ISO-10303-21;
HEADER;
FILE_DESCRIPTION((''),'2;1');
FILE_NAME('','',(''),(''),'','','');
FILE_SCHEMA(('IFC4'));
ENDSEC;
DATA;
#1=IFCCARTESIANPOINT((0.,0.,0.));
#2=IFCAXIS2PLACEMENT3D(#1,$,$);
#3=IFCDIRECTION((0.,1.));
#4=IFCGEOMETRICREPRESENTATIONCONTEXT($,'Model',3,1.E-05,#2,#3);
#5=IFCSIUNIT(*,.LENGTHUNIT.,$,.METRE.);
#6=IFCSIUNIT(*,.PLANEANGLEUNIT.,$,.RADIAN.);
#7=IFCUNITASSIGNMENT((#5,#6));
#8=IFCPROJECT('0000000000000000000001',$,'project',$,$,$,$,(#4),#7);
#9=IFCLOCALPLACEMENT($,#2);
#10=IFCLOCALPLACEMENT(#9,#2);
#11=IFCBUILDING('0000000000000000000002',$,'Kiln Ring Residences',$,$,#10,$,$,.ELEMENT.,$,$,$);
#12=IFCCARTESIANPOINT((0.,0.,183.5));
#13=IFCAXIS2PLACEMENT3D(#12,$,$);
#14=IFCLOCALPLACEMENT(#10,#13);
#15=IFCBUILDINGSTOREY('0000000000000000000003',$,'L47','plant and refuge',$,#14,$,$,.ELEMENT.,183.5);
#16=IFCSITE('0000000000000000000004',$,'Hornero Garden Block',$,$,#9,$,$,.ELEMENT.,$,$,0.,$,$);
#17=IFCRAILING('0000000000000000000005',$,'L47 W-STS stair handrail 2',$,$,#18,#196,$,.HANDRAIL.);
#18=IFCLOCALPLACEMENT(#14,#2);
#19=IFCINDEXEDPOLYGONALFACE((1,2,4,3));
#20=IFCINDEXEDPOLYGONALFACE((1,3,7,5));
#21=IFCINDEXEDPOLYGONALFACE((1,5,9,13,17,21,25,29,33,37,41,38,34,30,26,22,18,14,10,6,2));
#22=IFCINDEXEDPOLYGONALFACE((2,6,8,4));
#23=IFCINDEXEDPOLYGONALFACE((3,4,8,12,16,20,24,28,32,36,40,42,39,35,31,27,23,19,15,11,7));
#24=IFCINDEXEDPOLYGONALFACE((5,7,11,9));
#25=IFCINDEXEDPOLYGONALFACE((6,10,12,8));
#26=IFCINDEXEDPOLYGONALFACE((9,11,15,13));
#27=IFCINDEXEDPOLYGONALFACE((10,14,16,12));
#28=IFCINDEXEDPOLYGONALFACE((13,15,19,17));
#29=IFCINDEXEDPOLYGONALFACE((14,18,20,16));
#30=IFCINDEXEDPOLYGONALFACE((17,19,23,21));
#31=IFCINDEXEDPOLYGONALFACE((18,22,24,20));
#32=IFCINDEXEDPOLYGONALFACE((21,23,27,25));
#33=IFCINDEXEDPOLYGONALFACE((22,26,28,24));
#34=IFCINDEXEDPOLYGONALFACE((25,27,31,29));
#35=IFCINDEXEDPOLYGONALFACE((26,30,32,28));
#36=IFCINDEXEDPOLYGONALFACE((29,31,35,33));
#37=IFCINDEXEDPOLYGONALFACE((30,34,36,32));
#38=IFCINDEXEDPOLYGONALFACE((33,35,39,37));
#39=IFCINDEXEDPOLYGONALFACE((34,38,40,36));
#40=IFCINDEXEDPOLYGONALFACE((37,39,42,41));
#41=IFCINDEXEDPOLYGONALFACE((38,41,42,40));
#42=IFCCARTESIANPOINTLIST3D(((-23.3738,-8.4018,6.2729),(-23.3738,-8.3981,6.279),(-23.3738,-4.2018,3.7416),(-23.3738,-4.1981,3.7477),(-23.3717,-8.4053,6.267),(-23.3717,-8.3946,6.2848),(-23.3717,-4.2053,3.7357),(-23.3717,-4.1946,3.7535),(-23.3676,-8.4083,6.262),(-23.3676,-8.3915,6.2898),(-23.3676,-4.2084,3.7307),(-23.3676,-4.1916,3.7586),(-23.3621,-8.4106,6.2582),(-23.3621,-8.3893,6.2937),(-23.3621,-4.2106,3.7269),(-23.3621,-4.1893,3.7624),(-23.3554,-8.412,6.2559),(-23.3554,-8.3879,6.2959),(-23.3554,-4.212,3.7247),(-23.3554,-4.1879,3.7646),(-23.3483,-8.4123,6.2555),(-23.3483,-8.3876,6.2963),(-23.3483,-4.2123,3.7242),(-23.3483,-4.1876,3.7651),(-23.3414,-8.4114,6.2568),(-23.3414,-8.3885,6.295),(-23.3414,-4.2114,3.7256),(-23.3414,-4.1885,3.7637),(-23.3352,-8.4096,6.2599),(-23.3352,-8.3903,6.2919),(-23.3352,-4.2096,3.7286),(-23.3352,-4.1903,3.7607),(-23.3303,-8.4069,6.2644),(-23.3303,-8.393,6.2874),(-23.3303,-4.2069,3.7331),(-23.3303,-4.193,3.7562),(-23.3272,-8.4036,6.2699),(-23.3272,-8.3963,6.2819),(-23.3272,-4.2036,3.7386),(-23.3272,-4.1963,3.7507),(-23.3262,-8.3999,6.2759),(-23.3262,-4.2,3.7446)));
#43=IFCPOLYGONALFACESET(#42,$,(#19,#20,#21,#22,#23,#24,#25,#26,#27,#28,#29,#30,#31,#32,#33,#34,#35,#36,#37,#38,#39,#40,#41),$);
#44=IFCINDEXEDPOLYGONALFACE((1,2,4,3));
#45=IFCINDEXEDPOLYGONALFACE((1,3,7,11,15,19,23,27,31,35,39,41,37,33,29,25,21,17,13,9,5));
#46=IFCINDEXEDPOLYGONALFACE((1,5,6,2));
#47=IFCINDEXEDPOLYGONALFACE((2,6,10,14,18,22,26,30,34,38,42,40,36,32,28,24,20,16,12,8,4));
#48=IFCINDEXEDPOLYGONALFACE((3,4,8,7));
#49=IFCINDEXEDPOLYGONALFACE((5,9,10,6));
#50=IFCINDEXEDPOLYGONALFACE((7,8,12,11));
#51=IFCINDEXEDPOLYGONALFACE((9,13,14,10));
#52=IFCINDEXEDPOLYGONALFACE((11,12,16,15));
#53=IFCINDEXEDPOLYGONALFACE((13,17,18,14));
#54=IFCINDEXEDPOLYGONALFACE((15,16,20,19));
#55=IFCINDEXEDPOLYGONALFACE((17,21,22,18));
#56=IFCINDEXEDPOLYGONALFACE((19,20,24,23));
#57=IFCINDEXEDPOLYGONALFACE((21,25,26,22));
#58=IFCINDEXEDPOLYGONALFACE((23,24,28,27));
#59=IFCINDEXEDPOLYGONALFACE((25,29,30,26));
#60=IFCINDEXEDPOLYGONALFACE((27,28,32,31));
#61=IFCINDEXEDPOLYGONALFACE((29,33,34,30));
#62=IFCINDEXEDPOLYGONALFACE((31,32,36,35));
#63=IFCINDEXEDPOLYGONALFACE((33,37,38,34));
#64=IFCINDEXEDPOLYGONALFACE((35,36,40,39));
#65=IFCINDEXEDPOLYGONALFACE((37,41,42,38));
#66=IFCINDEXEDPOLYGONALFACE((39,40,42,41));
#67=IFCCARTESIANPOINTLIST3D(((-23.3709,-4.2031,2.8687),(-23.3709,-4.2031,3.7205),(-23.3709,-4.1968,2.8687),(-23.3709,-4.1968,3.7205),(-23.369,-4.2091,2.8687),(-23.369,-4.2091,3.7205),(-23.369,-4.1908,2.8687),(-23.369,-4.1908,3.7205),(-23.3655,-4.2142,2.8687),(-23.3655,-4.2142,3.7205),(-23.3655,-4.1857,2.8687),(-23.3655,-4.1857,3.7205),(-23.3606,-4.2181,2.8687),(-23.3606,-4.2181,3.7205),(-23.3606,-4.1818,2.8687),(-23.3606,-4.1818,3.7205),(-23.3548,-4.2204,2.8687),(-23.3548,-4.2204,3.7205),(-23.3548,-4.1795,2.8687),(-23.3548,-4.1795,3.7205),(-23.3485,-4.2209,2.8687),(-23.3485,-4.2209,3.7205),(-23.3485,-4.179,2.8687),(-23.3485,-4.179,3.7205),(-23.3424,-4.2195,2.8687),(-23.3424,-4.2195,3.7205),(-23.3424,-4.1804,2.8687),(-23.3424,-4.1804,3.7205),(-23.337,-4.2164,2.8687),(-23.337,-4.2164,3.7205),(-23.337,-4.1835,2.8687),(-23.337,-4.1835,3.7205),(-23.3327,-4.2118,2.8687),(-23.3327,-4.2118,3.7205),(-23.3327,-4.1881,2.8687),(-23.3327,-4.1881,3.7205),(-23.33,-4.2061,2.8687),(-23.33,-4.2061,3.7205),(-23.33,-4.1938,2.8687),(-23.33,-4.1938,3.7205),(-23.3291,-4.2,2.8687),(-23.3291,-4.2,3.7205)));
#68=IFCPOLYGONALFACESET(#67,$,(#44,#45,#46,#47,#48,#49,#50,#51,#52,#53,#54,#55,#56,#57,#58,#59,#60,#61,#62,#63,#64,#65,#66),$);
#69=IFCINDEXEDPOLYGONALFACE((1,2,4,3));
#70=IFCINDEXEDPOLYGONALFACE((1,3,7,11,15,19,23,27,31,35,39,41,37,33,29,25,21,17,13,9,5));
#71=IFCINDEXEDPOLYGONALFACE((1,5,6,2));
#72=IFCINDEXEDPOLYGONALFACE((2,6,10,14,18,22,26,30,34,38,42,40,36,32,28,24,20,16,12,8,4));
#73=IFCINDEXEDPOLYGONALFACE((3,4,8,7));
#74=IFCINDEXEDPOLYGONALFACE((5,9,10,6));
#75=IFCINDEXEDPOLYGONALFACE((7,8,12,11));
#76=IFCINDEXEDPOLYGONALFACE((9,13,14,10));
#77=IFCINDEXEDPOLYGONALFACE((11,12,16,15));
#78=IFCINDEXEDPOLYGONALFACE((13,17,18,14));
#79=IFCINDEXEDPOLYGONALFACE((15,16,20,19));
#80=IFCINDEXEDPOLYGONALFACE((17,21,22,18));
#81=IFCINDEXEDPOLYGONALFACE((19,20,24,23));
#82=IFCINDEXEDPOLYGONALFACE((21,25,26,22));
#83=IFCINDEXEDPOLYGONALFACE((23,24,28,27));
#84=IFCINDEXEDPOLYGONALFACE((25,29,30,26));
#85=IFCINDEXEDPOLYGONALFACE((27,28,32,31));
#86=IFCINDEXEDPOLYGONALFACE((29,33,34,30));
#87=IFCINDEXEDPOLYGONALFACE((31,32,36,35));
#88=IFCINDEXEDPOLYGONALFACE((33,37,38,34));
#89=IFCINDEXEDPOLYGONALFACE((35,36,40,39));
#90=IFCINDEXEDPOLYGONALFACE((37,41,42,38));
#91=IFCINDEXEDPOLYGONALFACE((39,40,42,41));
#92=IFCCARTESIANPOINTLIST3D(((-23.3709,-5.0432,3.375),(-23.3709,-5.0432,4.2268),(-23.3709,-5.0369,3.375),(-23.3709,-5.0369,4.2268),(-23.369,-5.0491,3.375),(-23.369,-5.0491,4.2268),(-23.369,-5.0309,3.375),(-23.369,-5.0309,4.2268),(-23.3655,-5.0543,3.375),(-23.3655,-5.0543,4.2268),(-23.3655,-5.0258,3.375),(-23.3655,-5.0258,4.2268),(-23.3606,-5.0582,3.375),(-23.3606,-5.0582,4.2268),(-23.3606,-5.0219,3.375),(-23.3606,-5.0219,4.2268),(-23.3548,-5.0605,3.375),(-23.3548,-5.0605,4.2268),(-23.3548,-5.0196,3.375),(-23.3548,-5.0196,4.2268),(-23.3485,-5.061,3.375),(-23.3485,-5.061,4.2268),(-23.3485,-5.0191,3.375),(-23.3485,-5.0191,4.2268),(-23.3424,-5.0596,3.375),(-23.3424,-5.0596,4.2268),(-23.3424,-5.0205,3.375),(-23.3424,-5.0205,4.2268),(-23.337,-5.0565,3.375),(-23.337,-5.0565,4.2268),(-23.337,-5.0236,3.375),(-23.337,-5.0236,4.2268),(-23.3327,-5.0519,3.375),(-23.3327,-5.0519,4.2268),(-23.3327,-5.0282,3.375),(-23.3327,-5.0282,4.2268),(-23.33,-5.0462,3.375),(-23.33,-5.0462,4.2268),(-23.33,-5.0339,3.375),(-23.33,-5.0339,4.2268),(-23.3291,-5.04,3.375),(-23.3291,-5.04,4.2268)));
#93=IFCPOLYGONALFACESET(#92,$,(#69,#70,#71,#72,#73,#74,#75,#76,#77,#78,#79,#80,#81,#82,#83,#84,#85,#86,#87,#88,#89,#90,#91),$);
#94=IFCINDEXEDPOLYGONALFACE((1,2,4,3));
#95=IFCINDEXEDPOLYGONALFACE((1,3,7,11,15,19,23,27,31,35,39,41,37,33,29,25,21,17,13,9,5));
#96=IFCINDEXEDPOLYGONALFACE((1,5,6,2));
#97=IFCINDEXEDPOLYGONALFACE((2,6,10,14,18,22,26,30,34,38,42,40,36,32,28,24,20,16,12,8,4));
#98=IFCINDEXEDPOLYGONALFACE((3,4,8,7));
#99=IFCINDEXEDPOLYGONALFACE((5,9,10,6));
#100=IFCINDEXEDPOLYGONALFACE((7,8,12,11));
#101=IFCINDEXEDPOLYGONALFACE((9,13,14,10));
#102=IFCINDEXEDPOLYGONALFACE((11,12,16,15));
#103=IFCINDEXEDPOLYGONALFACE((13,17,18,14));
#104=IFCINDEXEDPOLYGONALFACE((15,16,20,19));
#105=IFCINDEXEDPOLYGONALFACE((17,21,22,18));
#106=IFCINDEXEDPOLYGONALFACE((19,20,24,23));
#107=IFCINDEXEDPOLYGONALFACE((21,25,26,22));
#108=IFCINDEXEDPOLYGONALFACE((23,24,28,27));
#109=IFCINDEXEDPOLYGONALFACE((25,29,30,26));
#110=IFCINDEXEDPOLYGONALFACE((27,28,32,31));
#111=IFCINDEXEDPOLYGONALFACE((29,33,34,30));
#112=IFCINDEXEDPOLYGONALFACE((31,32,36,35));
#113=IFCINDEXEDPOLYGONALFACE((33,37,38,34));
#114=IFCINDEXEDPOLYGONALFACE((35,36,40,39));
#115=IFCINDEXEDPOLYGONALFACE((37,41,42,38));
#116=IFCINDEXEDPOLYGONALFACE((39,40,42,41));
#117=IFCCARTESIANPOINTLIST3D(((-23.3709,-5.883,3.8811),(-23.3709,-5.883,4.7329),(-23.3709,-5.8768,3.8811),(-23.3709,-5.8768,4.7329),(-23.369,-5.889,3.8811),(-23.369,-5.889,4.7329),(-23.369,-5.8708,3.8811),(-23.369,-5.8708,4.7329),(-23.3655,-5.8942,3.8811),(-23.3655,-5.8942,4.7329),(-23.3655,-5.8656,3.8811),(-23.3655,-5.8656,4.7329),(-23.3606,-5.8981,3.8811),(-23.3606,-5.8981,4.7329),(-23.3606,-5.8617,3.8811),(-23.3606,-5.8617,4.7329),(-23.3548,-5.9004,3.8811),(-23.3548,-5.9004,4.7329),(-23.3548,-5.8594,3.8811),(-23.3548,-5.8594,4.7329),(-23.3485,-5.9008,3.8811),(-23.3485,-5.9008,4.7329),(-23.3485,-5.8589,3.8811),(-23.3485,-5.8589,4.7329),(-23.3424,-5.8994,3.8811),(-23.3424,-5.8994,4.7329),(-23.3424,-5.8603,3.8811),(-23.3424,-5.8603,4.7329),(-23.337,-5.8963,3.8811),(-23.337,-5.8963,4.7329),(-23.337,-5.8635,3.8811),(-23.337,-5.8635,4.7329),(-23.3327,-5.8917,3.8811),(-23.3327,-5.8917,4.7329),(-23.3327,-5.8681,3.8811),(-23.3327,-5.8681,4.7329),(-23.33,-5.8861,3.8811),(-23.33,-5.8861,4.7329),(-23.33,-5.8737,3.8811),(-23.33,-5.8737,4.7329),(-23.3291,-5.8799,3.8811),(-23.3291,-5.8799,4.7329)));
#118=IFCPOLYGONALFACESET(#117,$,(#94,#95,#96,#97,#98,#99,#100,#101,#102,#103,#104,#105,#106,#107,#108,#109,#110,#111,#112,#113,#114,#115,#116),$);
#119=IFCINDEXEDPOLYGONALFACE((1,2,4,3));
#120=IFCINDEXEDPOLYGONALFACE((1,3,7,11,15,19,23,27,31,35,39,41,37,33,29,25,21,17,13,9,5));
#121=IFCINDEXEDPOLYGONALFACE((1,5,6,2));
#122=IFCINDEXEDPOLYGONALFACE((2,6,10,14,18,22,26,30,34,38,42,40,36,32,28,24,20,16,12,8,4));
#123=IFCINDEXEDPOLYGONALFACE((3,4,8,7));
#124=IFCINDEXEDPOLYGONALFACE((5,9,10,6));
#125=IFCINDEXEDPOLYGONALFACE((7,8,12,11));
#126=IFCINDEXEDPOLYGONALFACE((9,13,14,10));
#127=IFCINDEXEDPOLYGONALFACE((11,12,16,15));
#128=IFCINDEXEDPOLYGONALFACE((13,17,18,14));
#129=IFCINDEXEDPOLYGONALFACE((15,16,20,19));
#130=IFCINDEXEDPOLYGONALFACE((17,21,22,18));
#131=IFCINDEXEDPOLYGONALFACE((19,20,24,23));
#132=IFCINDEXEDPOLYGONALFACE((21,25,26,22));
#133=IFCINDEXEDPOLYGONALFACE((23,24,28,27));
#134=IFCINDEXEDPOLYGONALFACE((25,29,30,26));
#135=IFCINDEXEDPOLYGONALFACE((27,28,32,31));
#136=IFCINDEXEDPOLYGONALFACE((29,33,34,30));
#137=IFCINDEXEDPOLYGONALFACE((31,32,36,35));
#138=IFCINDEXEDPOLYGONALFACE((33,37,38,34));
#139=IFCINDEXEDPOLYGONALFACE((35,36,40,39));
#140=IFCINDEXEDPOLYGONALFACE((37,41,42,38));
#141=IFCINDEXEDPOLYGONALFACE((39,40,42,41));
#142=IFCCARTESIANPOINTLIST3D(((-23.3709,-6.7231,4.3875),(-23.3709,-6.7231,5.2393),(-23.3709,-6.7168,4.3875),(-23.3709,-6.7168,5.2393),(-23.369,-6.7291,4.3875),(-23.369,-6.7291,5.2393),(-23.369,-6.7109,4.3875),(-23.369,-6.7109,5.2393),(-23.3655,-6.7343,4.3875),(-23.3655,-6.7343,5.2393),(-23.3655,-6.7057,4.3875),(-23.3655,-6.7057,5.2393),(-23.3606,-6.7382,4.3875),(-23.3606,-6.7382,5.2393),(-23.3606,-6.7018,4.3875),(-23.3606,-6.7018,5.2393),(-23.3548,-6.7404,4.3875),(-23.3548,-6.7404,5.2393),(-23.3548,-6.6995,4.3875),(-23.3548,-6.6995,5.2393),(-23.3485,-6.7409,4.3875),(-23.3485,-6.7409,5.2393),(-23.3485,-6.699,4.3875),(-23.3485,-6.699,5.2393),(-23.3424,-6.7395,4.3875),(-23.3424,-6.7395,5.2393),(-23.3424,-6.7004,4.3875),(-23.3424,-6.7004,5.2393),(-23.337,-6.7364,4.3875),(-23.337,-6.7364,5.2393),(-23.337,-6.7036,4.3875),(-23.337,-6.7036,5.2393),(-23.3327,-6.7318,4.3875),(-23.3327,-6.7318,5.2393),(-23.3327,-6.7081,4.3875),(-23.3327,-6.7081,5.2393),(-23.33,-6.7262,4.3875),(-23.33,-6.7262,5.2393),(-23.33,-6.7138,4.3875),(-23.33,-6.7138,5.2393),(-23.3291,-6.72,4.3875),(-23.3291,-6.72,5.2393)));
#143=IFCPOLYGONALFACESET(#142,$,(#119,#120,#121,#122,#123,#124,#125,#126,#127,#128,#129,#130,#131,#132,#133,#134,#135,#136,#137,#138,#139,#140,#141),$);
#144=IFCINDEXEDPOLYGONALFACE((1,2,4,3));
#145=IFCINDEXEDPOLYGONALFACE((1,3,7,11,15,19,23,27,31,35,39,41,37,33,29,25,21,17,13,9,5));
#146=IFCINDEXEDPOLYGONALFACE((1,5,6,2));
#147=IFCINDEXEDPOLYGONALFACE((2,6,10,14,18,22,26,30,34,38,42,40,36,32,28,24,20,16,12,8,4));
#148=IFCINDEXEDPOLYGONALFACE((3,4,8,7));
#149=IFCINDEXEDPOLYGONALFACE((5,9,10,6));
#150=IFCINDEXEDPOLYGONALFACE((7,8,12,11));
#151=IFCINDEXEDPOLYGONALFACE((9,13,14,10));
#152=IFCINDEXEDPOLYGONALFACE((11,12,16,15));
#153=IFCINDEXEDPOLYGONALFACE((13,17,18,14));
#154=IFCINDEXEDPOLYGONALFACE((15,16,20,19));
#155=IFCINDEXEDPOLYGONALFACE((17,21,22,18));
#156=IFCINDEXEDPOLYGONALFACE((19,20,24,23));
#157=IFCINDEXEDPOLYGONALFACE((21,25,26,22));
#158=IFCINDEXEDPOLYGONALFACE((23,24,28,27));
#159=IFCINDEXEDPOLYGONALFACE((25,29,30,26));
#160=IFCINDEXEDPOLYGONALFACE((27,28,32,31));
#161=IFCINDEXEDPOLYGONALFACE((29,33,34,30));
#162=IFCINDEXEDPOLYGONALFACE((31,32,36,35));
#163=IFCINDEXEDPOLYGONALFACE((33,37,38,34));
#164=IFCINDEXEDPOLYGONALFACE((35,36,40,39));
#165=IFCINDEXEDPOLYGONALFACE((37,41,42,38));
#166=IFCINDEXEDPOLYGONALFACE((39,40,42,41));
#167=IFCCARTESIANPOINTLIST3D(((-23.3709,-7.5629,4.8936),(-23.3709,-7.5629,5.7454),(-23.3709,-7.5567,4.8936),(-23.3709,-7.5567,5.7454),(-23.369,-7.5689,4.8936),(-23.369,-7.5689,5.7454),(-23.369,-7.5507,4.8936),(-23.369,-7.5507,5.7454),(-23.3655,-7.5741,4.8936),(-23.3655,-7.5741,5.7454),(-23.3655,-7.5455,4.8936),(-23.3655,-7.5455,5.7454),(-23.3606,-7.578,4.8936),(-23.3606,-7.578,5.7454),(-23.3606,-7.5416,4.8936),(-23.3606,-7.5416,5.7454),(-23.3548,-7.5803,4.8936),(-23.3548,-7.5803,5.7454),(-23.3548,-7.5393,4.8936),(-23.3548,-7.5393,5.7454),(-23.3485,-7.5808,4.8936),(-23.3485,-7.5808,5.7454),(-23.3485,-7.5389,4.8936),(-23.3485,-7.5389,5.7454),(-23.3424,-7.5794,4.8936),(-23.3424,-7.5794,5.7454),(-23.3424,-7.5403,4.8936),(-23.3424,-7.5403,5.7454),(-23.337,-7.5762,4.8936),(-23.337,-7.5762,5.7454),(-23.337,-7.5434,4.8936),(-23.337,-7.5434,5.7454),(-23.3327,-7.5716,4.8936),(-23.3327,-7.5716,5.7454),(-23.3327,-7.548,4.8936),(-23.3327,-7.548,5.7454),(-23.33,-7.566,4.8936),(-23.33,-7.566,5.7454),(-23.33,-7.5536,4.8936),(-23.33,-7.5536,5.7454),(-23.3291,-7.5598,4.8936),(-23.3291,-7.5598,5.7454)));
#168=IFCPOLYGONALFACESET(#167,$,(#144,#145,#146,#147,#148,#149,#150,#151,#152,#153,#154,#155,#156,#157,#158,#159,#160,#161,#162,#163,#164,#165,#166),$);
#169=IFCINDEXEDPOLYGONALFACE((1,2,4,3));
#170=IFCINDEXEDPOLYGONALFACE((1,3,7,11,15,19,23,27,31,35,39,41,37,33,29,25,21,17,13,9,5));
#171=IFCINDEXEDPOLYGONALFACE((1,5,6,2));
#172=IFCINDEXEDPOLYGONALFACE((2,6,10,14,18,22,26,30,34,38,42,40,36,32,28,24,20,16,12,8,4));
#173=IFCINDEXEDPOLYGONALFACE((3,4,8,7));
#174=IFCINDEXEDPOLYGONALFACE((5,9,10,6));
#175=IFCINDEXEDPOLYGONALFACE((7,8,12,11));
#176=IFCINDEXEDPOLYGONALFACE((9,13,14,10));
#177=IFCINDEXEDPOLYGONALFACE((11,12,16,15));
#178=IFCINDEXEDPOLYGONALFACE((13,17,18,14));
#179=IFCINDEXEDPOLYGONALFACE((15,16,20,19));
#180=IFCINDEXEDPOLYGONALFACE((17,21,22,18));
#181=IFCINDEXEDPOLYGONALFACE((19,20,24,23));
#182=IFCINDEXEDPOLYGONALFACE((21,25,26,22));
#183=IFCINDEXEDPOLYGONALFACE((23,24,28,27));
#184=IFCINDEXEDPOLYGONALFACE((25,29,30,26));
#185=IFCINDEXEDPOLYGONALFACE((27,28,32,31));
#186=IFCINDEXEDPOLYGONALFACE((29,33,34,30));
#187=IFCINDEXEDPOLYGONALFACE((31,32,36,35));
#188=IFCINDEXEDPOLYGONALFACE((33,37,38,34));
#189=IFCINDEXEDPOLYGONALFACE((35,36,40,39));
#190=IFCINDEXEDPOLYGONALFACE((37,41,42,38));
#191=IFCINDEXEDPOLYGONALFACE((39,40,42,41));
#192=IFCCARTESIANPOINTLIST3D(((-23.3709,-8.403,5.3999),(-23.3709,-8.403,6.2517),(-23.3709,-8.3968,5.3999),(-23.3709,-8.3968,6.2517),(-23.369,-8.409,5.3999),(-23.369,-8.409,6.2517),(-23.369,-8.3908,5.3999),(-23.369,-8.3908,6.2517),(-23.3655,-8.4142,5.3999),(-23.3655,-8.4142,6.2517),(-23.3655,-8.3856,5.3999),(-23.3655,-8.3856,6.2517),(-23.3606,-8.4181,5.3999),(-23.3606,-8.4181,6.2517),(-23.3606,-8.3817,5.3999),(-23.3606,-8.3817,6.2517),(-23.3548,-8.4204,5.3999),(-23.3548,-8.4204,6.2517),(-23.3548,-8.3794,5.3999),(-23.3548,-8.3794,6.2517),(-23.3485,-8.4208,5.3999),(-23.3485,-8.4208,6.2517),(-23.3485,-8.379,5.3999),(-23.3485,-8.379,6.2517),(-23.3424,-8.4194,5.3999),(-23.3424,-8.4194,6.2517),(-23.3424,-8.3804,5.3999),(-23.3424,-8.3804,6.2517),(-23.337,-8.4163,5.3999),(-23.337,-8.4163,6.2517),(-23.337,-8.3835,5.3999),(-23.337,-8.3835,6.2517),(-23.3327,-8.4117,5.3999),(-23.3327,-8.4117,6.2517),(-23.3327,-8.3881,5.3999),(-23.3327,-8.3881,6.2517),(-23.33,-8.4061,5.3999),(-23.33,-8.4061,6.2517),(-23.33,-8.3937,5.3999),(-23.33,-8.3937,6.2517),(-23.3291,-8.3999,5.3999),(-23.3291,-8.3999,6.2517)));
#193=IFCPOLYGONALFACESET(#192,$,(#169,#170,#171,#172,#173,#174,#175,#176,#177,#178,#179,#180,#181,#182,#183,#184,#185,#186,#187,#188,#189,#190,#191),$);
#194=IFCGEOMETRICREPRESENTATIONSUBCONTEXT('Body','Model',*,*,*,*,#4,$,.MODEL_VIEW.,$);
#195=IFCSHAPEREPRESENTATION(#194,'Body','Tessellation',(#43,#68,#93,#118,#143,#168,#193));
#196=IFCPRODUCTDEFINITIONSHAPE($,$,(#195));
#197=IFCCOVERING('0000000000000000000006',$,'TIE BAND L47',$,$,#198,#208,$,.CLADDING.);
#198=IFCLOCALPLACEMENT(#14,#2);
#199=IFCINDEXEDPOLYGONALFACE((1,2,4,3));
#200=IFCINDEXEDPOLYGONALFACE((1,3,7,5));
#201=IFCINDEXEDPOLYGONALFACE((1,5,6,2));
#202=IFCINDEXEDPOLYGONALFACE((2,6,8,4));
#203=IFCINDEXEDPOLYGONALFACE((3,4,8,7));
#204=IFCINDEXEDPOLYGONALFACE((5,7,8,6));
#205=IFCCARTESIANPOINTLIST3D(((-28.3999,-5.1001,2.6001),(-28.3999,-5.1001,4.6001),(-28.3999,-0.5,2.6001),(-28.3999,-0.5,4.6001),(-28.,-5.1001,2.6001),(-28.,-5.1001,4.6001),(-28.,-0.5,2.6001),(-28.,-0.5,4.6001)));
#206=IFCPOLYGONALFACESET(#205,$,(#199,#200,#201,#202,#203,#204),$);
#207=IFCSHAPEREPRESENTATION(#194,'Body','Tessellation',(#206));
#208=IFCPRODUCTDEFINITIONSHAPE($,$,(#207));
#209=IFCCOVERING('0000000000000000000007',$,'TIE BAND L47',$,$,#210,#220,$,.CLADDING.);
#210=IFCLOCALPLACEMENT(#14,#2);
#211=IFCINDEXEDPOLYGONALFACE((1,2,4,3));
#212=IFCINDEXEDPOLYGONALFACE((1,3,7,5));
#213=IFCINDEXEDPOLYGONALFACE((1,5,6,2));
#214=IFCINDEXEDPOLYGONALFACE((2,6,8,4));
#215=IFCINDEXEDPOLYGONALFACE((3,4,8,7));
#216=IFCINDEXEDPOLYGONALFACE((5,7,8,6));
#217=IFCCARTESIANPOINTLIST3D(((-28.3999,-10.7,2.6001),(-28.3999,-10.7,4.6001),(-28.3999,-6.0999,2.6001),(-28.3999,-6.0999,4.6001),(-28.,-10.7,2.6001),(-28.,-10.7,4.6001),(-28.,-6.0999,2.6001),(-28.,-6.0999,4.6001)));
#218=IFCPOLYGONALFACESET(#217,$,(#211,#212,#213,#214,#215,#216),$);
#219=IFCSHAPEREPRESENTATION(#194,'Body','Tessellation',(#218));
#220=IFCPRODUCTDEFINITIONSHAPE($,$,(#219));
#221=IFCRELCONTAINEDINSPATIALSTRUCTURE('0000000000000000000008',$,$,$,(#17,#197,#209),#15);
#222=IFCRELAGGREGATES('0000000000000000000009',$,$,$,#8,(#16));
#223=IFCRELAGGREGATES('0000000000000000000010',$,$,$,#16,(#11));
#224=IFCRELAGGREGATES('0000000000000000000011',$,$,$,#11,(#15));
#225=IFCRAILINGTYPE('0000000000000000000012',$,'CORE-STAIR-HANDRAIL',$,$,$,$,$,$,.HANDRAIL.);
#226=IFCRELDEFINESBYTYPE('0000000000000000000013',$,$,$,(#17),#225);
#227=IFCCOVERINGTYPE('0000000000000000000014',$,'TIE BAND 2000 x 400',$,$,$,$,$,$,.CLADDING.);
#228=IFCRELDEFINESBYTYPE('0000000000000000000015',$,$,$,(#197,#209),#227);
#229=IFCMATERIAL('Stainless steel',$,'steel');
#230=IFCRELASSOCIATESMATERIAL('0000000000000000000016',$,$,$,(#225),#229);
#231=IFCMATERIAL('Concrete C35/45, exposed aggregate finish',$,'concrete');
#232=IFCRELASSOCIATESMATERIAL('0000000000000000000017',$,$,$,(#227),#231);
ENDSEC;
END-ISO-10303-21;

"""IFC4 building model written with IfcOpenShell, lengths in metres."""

from ifc_helpers import new_model, si_unit, direction, frame, origin, origin_2d, place, context, subcontext, project, spatial, rectangle, circle, extrude, material, type_object, element, save


model = new_model("IFC4")

# Units and contexts
model_context = context("Model", 3, precision=1e-05, world=origin(), true_north=direction((0.0, 1.0)))
body_context = subcontext(model_context, "Body", "Model", "MODEL_VIEW")
ifc_project = project(units=[si_unit("LENGTHUNIT", "METRE"), si_unit("PLANEANGLEUNIT", "RADIAN")], contexts=[model_context])

# Site, building, storey
site_placement = place(None, origin())
site = spatial("IfcSite", under=ifc_project, at=site_placement, Name="Hornero Garden Block", CompositionType="ELEMENT", RefElevation=0.0)
building_placement = place(site_placement, origin())
building = spatial("IfcBuilding", under=site, at=building_placement, Name="Kiln Ring Residences", CompositionType="ELEMENT")
storey_placement = place(building_placement, frame((0.0, 0.0, 183.5)))
storey = spatial("IfcBuildingStorey", under=building, at=storey_placement, Name="L47", Description="plant and refuge", CompositionType="ELEMENT", Elevation=183.5)

# Railing
ifc_material_1 = material(Name="Stainless steel", Category="steel")
railing_type_1 = type_object("IfcRailingType", Name="CORE-STAIR-HANDRAIL", PredefinedType="HANDRAIL", material=ifc_material_1)
railing_1_placement = place(storey_placement, frame((-23.3501, -4.2, 2.8687)))
element("IfcRailing", 1, at=railing_1_placement, inside=storey, type_object=railing_type_1, Name="L47 W-STS stair handrail 2", PredefinedType="HANDRAIL", context=body_context, shape_type="SweptSolid", body=[
    extrude(circle(Radius=0.0239, at=origin_2d()), frame((0.0, 0.0, 0.876), z_axis=(0.0, -0.856476, 0.516186), x_axis=(1.0, 0.0, 0.0)), (0.0, 0.0, 1.0), 4.9038),
    extrude(circle(Radius=0.021, at=origin_2d()), origin(), (0.0, 0.0, 1.0), 0.8518),
    extrude(circle(Radius=0.021, at=origin_2d()), frame((0.0, -0.8401, 0.5063)), (0.0, 0.0, 1.0), 0.8518),
    extrude(circle(Radius=0.021, at=origin_2d()), frame((0.0, -1.6799, 1.0125)), (0.0, 0.0, 1.0), 0.8518),
    extrude(circle(Radius=0.021, at=origin_2d()), frame((0.0, -2.52, 1.5188)), (0.0, 0.0, 1.0), 0.8518),
    extrude(circle(Radius=0.021, at=origin_2d()), frame((0.0, -3.3599, 2.0249)), (0.0, 0.0, 1.0), 0.8518),
    extrude(circle(Radius=0.021, at=origin_2d()), frame((0.0, -4.2, 2.5312)), (0.0, 0.0, 1.0), 0.8518),
])

# Coverings
ifc_material_2 = material(Name="Concrete C35/45, exposed aggregate finish", Category="concrete")
covering_type = type_object("IfcCoveringType", Name="TIE BAND 2000 x 400", PredefinedType="CLADDING", material=ifc_material_2)
for number, where, z_axis, x_axis, name in (
    (2, (-28.2, -2.8, 2.6001), (0.0, 0.0, 1.0), (0.0, -1.0, 0.0), "TIE BAND L47"),
    (3, (-28.2, -8.3999, 2.6001), (0.0, 0.0, 1.0), (0.0, -1.0, 0.0), "TIE BAND L47"),
):
    element("IfcCovering", number, at=place(storey_placement, frame(where, z_axis=z_axis, x_axis=x_axis)), inside=storey, type_object=covering_type, Name=name, PredefinedType="CLADDING", context=body_context, shape_type="SweptSolid", body=[
        extrude(rectangle(XDim=4.6001, YDim=0.3999, at=origin_2d()), origin(), (0.0, 0.0, 1.0), 2.0),
    ])

save(model, "model.ifc")
